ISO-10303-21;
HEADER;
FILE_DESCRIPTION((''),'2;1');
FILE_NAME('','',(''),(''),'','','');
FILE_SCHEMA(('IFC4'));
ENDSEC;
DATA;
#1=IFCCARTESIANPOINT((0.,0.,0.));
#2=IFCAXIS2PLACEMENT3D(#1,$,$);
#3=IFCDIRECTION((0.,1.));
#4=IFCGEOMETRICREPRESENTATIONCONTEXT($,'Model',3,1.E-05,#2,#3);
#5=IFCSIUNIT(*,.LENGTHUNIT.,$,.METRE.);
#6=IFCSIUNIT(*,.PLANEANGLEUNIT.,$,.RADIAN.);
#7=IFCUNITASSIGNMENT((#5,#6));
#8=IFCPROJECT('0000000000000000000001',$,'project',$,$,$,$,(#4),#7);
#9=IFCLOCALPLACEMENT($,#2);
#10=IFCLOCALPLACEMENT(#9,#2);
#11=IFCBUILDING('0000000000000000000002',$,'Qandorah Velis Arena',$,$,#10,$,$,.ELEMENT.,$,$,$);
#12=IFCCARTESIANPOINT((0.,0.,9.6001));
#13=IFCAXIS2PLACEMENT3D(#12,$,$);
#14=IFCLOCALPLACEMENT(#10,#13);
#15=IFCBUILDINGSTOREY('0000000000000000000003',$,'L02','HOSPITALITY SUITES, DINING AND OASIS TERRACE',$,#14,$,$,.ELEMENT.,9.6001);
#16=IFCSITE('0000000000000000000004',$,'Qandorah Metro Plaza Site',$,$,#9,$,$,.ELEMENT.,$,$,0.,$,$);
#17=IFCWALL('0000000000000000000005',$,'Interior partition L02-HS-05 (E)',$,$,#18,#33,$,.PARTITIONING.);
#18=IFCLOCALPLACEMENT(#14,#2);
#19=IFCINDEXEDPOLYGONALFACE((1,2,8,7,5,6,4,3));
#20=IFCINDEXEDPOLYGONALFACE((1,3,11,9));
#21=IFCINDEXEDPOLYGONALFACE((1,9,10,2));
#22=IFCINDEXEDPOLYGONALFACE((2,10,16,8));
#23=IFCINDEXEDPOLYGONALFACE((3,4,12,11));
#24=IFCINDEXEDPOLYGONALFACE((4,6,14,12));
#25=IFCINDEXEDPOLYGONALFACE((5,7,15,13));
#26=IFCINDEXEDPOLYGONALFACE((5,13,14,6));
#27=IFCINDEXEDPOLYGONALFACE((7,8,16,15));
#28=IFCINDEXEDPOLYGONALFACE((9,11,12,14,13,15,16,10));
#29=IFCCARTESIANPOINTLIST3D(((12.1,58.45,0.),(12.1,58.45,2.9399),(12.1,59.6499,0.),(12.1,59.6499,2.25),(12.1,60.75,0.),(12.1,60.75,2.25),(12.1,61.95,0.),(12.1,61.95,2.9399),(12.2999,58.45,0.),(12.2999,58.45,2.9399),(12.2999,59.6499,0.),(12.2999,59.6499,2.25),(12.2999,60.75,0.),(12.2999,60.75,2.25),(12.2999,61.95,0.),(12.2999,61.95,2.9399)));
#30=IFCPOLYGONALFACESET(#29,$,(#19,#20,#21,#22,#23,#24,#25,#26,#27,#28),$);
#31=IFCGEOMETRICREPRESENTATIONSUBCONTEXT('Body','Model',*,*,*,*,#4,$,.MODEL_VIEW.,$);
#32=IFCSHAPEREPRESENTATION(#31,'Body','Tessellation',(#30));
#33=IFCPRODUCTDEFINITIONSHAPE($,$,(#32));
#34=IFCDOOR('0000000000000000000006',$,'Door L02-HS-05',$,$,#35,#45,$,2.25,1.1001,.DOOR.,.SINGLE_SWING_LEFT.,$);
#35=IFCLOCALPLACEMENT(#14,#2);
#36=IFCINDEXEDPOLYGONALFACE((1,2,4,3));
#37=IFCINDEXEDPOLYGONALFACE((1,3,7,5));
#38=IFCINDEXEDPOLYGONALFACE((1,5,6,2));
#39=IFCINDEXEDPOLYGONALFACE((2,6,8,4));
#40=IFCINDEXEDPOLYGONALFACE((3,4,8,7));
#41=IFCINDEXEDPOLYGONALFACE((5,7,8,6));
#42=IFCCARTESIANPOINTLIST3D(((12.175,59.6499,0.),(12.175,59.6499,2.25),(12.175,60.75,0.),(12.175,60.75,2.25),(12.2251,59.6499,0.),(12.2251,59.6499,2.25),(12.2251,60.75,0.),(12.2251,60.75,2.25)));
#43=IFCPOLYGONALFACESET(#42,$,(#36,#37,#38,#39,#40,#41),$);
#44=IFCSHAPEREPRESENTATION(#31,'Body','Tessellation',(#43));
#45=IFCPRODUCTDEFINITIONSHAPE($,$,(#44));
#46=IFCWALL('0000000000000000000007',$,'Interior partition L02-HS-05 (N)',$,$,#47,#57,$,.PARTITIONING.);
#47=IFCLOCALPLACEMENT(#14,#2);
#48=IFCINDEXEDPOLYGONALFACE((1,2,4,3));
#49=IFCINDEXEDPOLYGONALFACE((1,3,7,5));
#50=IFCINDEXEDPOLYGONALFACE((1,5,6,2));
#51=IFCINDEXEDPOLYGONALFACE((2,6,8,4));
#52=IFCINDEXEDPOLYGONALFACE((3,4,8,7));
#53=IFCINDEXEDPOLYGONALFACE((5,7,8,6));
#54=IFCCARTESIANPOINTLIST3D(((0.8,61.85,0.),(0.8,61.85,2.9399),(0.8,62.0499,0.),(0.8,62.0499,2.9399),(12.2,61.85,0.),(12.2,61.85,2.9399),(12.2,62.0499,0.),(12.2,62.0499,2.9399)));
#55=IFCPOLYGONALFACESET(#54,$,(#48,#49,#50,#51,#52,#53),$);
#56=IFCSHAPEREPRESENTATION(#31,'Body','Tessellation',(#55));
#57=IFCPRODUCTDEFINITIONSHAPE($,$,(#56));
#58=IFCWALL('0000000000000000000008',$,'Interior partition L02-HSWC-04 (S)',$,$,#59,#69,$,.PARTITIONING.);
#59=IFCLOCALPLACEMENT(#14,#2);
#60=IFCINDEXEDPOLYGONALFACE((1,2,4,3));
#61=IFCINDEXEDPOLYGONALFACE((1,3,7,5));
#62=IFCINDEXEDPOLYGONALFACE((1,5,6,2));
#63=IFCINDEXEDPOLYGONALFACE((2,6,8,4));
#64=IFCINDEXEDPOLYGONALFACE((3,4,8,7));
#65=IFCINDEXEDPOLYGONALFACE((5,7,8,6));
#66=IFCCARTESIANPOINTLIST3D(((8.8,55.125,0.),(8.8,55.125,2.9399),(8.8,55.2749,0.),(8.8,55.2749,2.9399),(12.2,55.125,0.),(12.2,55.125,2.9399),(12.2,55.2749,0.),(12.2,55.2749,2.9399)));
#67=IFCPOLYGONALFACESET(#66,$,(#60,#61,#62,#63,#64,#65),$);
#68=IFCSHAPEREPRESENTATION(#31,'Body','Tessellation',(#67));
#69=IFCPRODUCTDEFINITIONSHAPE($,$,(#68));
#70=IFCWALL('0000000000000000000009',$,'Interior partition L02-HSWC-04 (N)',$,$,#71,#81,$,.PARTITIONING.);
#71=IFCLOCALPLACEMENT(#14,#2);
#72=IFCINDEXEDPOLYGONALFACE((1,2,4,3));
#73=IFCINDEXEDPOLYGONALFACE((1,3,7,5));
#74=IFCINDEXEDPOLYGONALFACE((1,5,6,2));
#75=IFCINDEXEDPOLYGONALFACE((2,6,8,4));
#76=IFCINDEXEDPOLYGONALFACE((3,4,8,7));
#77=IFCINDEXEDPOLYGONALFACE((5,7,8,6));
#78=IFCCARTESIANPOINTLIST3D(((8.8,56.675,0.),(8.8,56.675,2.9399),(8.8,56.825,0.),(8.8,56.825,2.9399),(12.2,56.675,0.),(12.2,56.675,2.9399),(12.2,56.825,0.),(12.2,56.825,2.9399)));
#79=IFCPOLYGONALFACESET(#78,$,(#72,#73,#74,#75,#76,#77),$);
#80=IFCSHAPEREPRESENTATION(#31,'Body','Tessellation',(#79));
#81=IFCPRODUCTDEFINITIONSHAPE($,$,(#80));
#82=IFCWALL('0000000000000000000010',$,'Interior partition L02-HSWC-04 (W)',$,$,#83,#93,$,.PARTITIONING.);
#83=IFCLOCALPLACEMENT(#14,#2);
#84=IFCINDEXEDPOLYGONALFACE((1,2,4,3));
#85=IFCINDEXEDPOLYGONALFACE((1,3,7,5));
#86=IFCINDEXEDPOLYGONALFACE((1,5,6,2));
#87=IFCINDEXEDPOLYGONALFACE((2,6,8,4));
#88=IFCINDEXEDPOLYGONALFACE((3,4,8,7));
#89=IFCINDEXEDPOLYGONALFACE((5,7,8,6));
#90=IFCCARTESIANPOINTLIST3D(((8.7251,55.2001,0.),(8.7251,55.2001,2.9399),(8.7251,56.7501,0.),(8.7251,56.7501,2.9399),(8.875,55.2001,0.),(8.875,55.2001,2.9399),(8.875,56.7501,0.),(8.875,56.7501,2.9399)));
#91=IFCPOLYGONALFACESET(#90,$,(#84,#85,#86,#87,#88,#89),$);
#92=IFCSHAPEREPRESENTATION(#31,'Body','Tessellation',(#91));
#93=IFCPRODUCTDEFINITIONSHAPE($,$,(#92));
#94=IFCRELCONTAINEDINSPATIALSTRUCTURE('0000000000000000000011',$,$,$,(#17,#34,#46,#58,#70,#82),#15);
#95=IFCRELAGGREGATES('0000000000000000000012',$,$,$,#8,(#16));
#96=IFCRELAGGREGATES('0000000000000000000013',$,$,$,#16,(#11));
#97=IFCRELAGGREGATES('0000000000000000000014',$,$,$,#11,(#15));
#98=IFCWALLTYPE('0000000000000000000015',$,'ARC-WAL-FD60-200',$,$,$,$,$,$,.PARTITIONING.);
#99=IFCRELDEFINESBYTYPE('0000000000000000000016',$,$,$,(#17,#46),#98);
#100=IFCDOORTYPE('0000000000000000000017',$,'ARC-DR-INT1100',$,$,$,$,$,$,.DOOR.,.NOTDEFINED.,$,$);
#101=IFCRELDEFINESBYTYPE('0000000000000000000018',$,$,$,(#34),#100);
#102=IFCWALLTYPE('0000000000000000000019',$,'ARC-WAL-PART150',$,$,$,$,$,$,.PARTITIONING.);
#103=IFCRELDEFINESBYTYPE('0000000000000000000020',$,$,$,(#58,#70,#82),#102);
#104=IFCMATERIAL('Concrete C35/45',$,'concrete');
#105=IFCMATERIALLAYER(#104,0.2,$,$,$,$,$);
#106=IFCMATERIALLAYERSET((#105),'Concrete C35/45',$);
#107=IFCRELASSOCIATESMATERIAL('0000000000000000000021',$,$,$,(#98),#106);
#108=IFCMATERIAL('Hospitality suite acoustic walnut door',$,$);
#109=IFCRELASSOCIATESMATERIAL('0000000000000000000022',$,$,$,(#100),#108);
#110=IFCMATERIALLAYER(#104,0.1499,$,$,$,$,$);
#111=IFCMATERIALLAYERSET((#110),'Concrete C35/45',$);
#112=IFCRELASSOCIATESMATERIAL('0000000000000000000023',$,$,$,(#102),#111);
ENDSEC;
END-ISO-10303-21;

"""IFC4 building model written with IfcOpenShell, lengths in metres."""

from ifc_helpers import new_model, si_unit, direction, frame, frame_2d, origin, place, context, subcontext, project, spatial, rectangle, extrude, material, layer, layer_set, type_object, element, fill, save


model = new_model("IFC4")

# Units and contexts
model_context = context("Model", 3, precision=1e-05, world=origin(), true_north=direction((0.0, 1.0)))
body_context = subcontext(model_context, "Body", "Model", "MODEL_VIEW")
ifc_project = project(units=[si_unit("LENGTHUNIT", "METRE"), si_unit("PLANEANGLEUNIT", "RADIAN")], contexts=[model_context])

# Site, building, storey
site_placement = place(None, origin())
site = spatial("IfcSite", under=ifc_project, at=site_placement, Name="Qandorah Metro Plaza Site", CompositionType="ELEMENT", RefElevation=0.0)
building_placement = place(site_placement, origin())
building = spatial("IfcBuilding", under=site, at=building_placement, Name="Qandorah Velis Arena", CompositionType="ELEMENT")
storey_placement = place(building_placement, frame((0.0, 0.0, 9.6001)))
storey = spatial("IfcBuildingStorey", under=building, at=storey_placement, Name="L02", Description="HOSPITALITY SUITES, DINING AND OASIS TERRACE", CompositionType="ELEMENT", Elevation=9.6001)

# Shared definitions
ifc_material_1 = material(Name="Concrete C35/45", Category="concrete")
ifc_layer_1 = layer(ifc_material_1, 0.2)
ifc_layer_set_1 = layer_set([ifc_layer_1], Name="Concrete C35/45")
wall_type_1 = type_object("IfcWallType", Name="ARC-WAL-FD60-200", PredefinedType="PARTITIONING", material=ifc_layer_set_1)

# Shared definitions
ifc_material_2 = material(Name="Hospitality suite acoustic walnut door")
door_type_1 = type_object("IfcDoorType", Name="ARC-DR-INT1100", OperationType="NOTDEFINED", PredefinedType="DOOR", material=ifc_material_2)

# Wall, opening, door
wall_1_placement = place(storey_placement, frame((12.2, 58.45, 0.0), z_axis=(0.0, 0.0, 1.0), x_axis=(0.0, 1.0, 0.0)))
wall_1 = element("IfcWall", 1, at=wall_1_placement, inside=storey, type_object=wall_type_1, Name="Interior partition L02-HS-05 (E)", PredefinedType="PARTITIONING", context=body_context, shape_type="SweptSolid", body=[
    extrude(rectangle(XDim=3.5, YDim=0.2, at=frame_2d((1.75, 0.0))), origin(), (0.0, 0.0, 1.0), 2.9399),
])
opening_1_placement = place(wall_1_placement, frame((1.2, 0.0, 0.0)))
opening_1 = element("IfcOpeningElement", 2, at=opening_1_placement, cuts=wall_1, PredefinedType="OPENING", context=body_context, shape_type="SweptSolid", body=[
    extrude(rectangle(XDim=1.1001, YDim=2.25, at=frame_2d((0.55, 1.125))), frame((0.0, 0.1099, 0.0), z_axis=(0.0, -1.0, 0.0), x_axis=(1.0, 0.0, 0.0)), (0.0, 0.0, 1.0), 0.22),
])
door_1_placement = place(opening_1_placement, origin())
door_1 = element("IfcDoor", 3, at=door_1_placement, inside=storey, type_object=door_type_1, Name="Door L02-HS-05", OperationType="SINGLE_SWING_LEFT", OverallHeight=2.25, OverallWidth=1.1001, PredefinedType="DOOR", context=body_context, shape_type="SweptSolid", body=[
    extrude(rectangle(XDim=1.1001, YDim=2.25, at=frame_2d((0.55, 1.125))), frame((0.0, 0.0249, 0.0), z_axis=(0.0, -1.0, 0.0), x_axis=(1.0, 0.0, 0.0)), (0.0, 0.0, 1.0), 0.05),
])
fill(opening_1, door_1)

# Walls
wall_2_placement = place(storey_placement, frame((12.2, 61.95, 0.0), z_axis=(0.0, 0.0, 1.0), x_axis=(-1.0, 0.0, 0.0)))
element("IfcWall", 4, at=wall_2_placement, inside=storey, type_object=wall_type_1, Name="Interior partition L02-HS-05 (N)", PredefinedType="PARTITIONING", context=body_context, shape_type="SweptSolid", body=[
    extrude(rectangle(XDim=11.3999, YDim=0.2, at=frame_2d((5.7, 0.0))), origin(), (0.0, 0.0, 1.0), 2.9399),
])
ifc_layer_2 = layer(ifc_material_1, 0.1499)
ifc_layer_set_2 = layer_set([ifc_layer_2], Name="Concrete C35/45")
wall_type_2 = type_object("IfcWallType", Name="ARC-WAL-PART150", PredefinedType="PARTITIONING", material=ifc_layer_set_2)
wall_3_placement = place(storey_placement, frame((8.8, 55.2, 0.0), z_axis=(0.0, 0.0, 1.0), x_axis=(1.0, 0.0, 0.0)))
element("IfcWall", 5, at=wall_3_placement, inside=storey, type_object=wall_type_2, Name="Interior partition L02-HSWC-04 (S)", PredefinedType="PARTITIONING", context=body_context, shape_type="SweptSolid", body=[
    extrude(rectangle(XDim=3.3999, YDim=0.1499, at=frame_2d((1.7, 0.0))), origin(), (0.0, 0.0, 1.0), 2.9399),
])

# Walls
wall_4_placement = place(storey_placement, frame((12.2, 56.75, 0.0), z_axis=(0.0, 0.0, 1.0), x_axis=(-1.0, 0.0, 0.0)))
element("IfcWall", 6, at=wall_4_placement, inside=storey, type_object=wall_type_2, Name="Interior partition L02-HSWC-04 (N)", PredefinedType="PARTITIONING", context=body_context, shape_type="SweptSolid", body=[
    extrude(rectangle(XDim=3.3999, YDim=0.1499, at=frame_2d((1.7, 0.0))), origin(), (0.0, 0.0, 1.0), 2.9399),
])
wall_5_placement = place(storey_placement, frame((8.8, 56.75, 0.0), z_axis=(0.0, 0.0, 1.0), x_axis=(0.0, -1.0, 0.0)))
element("IfcWall", 7, at=wall_5_placement, inside=storey, type_object=wall_type_2, Name="Interior partition L02-HSWC-04 (W)", PredefinedType="PARTITIONING", context=body_context, shape_type="SweptSolid", body=[
    extrude(rectangle(XDim=1.55, YDim=0.1499, at=frame_2d((0.7749, 0.0))), origin(), (0.0, 0.0, 1.0), 2.9399),
])

save(model, "model.ifc")
